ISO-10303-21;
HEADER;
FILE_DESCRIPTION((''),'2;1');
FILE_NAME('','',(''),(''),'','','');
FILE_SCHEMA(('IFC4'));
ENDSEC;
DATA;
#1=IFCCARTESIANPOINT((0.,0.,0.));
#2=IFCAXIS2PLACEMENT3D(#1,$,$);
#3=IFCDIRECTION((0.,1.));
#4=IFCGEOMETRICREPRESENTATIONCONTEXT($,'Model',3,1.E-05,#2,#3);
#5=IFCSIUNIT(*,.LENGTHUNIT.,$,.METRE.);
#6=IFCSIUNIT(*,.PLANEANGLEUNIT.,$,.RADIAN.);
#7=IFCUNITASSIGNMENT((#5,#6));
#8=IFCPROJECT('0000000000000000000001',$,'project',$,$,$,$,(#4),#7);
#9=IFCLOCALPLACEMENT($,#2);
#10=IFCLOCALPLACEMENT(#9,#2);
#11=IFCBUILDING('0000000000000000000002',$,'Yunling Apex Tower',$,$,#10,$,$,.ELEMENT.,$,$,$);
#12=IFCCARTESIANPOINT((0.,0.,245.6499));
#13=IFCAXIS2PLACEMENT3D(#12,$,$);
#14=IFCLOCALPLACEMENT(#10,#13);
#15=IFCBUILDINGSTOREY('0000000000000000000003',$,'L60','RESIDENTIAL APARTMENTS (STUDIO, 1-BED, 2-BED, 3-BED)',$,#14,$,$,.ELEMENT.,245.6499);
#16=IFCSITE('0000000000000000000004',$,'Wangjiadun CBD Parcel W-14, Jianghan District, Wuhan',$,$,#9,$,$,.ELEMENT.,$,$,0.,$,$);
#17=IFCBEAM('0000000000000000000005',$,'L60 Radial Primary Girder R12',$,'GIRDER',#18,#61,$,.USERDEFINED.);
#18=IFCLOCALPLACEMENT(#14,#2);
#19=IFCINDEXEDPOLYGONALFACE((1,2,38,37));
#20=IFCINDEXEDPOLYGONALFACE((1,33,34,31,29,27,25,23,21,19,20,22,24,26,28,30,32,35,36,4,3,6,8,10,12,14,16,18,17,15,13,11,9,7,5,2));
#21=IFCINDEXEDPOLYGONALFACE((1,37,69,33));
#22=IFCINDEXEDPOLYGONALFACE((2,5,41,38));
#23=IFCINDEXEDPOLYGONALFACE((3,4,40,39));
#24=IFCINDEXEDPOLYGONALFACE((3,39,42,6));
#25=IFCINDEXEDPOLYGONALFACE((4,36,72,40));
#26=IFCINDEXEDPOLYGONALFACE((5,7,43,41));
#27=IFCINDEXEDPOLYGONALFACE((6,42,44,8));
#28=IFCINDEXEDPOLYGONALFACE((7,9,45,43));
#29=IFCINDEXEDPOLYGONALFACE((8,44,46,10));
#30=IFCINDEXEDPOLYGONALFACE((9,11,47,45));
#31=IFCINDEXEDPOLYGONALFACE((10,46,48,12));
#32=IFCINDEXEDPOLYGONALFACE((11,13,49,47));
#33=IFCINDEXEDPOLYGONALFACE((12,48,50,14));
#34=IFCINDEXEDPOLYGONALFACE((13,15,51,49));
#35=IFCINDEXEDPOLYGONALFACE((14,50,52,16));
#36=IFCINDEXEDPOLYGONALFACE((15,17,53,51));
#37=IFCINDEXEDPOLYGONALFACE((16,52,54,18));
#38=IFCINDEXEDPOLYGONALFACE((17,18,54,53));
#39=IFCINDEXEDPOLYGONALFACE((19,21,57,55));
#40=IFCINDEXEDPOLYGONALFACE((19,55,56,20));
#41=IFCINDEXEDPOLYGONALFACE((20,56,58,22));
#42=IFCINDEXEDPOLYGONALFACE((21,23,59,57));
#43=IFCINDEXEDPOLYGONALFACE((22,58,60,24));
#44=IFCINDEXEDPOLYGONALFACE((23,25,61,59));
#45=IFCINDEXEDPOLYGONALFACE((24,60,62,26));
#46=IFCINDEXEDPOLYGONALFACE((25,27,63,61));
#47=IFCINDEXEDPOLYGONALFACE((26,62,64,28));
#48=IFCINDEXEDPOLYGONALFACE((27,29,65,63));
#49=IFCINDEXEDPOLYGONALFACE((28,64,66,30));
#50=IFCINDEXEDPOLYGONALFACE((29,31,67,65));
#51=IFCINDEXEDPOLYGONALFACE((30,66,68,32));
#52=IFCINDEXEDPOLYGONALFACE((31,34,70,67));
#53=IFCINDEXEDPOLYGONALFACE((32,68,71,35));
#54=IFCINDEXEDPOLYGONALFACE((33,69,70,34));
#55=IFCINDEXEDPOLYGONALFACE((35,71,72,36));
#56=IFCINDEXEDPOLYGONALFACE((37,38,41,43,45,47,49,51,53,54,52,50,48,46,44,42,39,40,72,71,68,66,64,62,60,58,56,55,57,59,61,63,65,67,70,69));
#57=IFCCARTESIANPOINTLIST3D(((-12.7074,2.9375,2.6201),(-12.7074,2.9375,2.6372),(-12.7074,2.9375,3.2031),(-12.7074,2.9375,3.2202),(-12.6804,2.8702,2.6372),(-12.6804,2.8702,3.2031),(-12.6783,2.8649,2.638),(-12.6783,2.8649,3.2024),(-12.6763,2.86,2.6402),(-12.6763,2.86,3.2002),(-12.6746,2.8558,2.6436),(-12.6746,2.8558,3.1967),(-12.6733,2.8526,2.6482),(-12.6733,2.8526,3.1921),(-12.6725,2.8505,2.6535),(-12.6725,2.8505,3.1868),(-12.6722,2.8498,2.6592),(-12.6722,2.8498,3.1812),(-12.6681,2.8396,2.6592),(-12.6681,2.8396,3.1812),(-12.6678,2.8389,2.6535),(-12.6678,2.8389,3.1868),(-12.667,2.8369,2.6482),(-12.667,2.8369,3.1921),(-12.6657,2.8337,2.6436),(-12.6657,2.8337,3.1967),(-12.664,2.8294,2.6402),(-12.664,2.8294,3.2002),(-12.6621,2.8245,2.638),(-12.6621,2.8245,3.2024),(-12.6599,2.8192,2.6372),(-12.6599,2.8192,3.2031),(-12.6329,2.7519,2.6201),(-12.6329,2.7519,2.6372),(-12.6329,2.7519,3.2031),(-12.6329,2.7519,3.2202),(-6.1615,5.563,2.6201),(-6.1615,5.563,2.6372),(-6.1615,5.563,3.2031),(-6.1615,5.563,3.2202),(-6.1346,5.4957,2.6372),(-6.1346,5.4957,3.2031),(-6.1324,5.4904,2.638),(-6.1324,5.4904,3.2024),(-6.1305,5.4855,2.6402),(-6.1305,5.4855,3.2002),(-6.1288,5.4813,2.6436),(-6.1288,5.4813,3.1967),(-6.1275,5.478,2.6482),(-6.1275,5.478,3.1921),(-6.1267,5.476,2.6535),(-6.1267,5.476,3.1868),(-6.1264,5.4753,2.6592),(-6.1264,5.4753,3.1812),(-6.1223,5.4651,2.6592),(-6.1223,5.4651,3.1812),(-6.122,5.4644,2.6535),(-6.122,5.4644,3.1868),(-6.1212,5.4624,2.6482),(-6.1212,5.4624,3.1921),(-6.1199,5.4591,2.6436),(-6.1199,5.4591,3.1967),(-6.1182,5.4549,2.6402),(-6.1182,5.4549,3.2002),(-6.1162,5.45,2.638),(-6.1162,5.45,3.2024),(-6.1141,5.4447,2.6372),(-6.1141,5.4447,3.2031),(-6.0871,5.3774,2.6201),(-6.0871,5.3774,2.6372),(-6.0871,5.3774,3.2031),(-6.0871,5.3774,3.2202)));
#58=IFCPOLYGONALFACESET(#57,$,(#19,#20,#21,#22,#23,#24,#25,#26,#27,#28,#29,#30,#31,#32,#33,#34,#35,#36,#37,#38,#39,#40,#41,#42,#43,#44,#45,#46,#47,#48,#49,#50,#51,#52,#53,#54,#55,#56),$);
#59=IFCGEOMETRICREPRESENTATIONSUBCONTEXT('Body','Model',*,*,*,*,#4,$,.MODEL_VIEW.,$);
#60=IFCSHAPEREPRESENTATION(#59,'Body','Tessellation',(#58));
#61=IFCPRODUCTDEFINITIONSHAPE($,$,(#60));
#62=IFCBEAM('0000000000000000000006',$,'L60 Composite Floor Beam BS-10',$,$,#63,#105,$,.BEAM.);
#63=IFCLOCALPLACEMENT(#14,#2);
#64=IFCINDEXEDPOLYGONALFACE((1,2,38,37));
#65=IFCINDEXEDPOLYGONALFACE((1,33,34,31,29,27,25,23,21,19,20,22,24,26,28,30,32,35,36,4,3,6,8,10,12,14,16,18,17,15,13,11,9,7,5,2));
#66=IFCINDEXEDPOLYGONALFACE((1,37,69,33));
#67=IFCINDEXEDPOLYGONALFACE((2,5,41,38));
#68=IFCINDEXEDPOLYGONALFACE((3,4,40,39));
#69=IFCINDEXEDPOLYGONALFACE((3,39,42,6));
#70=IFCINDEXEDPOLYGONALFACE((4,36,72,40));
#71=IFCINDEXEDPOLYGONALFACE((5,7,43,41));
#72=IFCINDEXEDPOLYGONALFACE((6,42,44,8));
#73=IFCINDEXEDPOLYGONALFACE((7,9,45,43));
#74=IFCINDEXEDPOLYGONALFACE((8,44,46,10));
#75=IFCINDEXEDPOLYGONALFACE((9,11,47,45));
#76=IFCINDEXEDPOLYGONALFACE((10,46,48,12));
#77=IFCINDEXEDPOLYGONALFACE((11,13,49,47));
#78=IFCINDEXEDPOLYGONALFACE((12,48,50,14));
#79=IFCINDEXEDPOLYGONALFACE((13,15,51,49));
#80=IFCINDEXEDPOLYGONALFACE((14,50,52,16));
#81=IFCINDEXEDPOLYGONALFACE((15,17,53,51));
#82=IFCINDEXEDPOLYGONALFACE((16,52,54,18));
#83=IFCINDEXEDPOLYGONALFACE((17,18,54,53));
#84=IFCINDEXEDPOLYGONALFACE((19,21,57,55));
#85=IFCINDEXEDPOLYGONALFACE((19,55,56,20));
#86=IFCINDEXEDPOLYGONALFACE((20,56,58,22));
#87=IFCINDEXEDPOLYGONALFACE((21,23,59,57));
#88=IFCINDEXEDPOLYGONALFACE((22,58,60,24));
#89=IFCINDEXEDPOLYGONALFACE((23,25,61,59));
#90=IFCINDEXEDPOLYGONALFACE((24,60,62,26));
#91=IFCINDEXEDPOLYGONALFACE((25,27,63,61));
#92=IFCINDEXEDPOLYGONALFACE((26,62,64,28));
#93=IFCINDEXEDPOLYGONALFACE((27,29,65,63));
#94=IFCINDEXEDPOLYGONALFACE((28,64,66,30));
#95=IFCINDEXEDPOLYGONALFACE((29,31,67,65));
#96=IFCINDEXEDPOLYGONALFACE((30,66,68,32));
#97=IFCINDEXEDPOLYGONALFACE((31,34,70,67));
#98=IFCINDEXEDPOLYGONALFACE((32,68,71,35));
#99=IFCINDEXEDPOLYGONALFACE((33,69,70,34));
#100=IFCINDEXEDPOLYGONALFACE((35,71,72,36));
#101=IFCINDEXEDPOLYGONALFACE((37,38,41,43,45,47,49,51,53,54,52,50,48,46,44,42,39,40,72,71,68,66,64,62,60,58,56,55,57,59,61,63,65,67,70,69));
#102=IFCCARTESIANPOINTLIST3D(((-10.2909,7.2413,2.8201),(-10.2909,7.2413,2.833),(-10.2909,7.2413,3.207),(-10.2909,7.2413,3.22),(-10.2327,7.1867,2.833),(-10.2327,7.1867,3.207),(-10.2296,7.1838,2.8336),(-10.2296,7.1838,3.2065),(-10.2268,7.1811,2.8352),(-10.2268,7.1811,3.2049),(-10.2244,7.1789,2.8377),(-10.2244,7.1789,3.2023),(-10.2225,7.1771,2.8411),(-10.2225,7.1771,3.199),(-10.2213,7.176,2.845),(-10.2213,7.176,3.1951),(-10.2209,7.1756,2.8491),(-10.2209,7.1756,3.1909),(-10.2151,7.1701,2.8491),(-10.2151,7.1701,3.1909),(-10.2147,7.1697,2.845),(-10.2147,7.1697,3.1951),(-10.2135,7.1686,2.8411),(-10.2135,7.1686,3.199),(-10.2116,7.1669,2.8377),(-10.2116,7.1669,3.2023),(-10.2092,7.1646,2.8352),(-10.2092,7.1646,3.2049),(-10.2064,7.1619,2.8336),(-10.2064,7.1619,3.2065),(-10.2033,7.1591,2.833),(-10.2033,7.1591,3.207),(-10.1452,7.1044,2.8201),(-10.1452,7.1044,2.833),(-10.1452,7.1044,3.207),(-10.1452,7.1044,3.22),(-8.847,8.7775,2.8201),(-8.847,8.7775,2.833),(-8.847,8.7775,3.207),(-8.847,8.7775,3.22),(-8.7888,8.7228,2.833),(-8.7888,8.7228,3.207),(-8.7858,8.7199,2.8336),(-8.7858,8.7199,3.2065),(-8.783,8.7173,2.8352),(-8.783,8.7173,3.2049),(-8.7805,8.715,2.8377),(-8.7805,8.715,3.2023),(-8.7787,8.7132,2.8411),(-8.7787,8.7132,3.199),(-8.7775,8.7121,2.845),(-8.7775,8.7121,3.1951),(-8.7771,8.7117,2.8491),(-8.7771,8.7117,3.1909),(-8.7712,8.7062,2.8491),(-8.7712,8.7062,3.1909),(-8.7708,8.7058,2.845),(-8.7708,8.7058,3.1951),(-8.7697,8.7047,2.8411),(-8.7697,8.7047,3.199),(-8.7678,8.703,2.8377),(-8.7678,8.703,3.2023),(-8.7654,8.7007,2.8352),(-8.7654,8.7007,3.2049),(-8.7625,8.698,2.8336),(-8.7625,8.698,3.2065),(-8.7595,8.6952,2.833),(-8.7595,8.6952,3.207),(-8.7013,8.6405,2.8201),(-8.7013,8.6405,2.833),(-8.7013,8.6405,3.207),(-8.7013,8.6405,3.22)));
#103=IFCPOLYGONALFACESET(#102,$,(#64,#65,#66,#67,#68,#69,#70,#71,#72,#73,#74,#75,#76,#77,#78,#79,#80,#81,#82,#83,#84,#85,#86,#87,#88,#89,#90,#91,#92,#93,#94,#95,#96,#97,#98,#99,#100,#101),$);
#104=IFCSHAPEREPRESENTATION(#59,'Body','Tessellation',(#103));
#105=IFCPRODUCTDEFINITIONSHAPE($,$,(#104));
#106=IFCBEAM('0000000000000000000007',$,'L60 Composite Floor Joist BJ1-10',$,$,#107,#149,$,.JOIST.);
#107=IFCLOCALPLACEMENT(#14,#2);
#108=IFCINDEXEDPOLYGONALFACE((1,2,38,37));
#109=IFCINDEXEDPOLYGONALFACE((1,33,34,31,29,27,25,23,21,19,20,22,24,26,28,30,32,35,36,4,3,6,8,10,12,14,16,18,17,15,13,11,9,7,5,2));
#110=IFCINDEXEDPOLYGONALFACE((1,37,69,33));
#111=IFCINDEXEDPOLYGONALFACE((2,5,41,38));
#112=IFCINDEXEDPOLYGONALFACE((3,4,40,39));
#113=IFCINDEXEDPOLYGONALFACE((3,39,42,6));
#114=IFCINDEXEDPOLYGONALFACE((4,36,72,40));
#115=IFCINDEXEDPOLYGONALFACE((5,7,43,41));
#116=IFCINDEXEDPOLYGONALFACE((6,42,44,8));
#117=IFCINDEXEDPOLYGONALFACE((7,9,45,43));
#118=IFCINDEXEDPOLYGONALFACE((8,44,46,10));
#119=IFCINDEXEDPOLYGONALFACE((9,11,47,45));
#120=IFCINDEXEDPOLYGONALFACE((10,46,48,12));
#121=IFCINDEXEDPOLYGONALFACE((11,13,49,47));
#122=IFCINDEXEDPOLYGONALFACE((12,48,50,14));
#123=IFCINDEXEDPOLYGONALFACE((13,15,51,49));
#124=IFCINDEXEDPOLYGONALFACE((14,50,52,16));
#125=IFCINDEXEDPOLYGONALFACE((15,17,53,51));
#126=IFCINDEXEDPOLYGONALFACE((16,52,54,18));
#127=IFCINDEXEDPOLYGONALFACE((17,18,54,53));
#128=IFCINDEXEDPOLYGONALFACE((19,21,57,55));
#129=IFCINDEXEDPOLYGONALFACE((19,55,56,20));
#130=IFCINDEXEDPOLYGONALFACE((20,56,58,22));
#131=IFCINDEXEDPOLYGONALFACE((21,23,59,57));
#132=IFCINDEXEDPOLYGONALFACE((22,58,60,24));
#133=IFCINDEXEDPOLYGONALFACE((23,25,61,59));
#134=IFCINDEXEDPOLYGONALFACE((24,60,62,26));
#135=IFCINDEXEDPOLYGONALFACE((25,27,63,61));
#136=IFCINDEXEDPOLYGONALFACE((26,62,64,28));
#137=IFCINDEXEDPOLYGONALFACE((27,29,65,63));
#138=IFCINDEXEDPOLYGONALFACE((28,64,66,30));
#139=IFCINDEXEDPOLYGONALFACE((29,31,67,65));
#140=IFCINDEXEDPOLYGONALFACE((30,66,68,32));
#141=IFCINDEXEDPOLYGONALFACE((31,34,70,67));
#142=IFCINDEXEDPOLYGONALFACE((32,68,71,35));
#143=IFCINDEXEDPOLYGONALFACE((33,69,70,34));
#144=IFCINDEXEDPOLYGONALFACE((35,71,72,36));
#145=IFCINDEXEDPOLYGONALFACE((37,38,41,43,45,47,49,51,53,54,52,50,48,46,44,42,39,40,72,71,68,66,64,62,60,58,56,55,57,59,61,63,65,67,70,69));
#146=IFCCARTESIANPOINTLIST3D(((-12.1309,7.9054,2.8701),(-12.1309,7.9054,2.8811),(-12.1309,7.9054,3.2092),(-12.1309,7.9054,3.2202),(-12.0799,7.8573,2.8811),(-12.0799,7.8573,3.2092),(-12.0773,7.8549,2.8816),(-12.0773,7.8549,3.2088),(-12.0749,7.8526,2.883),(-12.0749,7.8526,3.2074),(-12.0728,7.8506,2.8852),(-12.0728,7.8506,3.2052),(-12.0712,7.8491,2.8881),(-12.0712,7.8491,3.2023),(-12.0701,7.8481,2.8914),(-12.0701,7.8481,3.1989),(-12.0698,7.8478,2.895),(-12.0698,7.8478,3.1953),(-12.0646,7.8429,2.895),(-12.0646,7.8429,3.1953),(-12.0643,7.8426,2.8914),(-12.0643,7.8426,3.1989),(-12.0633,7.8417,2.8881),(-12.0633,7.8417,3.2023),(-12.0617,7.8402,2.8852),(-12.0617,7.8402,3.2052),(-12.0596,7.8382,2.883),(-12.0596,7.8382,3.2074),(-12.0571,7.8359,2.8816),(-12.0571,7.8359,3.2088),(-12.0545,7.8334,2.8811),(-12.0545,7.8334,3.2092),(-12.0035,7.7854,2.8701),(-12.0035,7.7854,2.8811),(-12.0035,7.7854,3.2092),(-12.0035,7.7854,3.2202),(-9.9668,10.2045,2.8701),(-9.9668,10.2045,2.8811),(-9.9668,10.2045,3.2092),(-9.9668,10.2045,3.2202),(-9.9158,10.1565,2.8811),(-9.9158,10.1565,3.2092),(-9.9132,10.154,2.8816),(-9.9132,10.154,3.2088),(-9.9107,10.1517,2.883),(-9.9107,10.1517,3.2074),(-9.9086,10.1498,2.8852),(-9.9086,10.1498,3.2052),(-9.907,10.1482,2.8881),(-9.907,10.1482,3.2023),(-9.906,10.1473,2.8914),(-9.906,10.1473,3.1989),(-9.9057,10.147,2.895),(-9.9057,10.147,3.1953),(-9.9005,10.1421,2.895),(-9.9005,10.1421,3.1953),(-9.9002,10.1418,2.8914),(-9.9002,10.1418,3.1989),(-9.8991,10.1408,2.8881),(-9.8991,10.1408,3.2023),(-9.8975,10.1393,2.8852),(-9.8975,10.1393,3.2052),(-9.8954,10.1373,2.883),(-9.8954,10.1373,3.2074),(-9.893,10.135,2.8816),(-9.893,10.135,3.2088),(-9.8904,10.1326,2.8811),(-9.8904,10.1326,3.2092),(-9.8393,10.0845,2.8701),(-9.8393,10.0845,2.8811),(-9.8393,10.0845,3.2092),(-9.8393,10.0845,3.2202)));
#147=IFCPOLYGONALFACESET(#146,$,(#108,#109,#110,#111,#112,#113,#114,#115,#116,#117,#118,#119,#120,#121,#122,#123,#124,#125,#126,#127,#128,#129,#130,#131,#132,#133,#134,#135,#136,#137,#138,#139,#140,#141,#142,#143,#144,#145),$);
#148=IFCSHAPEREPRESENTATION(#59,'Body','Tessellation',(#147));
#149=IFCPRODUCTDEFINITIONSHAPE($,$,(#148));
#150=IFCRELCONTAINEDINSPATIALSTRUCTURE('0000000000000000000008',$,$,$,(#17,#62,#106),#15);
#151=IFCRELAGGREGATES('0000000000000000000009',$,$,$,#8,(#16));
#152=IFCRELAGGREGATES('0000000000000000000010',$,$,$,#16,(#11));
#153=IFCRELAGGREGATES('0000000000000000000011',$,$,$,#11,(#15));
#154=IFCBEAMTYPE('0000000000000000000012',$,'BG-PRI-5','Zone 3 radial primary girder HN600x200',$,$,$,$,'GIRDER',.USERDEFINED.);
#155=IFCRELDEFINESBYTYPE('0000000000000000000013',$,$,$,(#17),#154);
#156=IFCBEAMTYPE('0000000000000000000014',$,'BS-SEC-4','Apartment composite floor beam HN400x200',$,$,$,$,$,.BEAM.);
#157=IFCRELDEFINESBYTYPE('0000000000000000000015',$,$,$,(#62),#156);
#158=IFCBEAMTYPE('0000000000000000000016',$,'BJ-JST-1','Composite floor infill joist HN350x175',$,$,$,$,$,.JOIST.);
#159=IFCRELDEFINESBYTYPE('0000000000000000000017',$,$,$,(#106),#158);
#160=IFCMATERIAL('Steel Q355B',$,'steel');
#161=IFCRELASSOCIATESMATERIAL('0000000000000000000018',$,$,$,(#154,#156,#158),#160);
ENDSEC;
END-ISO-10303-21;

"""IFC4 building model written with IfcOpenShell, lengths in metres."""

from ifc_helpers import new_model, si_unit, direction, frame, origin, origin_2d, place, context, subcontext, project, spatial, i_section, extrude, source, transform, mapped, material, material_profile, profile_set, type_object, element, save


model = new_model("IFC4")

# Units and contexts
model_context = context("Model", 3, precision=1e-05, world=origin(), true_north=direction((0.0, 1.0)))
body_context = subcontext(model_context, "Body", "Model", "MODEL_VIEW")
ifc_project = project(units=[si_unit("LENGTHUNIT", "METRE"), si_unit("PLANEANGLEUNIT", "RADIAN")], contexts=[model_context])

# Site, building, storey
site_placement = place(None, origin())
site = spatial("IfcSite", under=ifc_project, at=site_placement, Name="Wangjiadun CBD Parcel W-14, Jianghan District, Wuhan", CompositionType="ELEMENT", RefElevation=0.0)
building_placement = place(site_placement, origin())
building = spatial("IfcBuilding", under=site, at=building_placement, Name="Yunling Apex Tower", CompositionType="ELEMENT")
storey_placement = place(building_placement, frame((0.0, 0.0, 245.6499)))
storey = spatial("IfcBuildingStorey", under=building, at=storey_placement, Name="L60", Description="RESIDENTIAL APARTMENTS (STUDIO, 1-BED, 2-BED, 3-BED)", CompositionType="ELEMENT", Elevation=245.6499)

# Beams
ifc_material_1 = material(Name="Steel Q355B", Category="steel")
ifc_material_profile_1 = material_profile(ifc_material_1, i_section(OverallWidth=0.2, OverallDepth=0.6001, WebThickness=0.011, FlangeThickness=0.0171, FilletRadius=0.022, at=origin_2d()))
ifc_profile_set_1 = profile_set([ifc_material_profile_1], Name="Steel Q355B")
beam_type_1 = type_object("IfcBeamType", Name="BG-PRI-5", Description="Zone 3 radial primary girder HN600x200", ElementType="GIRDER", PredefinedType="USERDEFINED", material=ifc_profile_set_1)
shared_shape_1 = source(origin(), body_context, "Body", "SweptSolid", [
    extrude(i_section(OverallWidth=0.2, OverallDepth=0.6001, WebThickness=0.011, FlangeThickness=0.0171, FilletRadius=0.022, at=origin_2d()), origin(), (0.0, 0.0, 1.0), 7.0527),
])
beam_1_placement = place(storey_placement, frame((-12.6702, 2.8447, 2.9202), z_axis=(0.928128, 0.372262, 0.0), x_axis=(-0.372262, 0.928128, 0.0)))
element("IfcBeam", 1, at=beam_1_placement, inside=storey, type_object=beam_type_1, Name="L60 Radial Primary Girder R12", ObjectType="GIRDER", PredefinedType="USERDEFINED", context=body_context, shape_type="MappedRepresentation", body=[
    mapped(shared_shape_1, transform((0.0, 0.0, 0.0), scale=1.0)),
])
ifc_material_profile_2 = material_profile(ifc_material_1, i_section(OverallWidth=0.2, OverallDepth=0.3999, WebThickness=0.0081, FlangeThickness=0.0129, FilletRadius=0.0161, at=origin_2d()))
ifc_profile_set_2 = profile_set([ifc_material_profile_2], Name="Steel Q355B")
beam_type_2 = type_object("IfcBeamType", Name="BS-SEC-4", Description="Apartment composite floor beam HN400x200", PredefinedType="BEAM", material=ifc_profile_set_2)
shared_shape_2 = source(origin(), body_context, "Body", "SweptSolid", [
    extrude(i_section(OverallWidth=0.2, OverallDepth=0.3999, WebThickness=0.0081, FlangeThickness=0.0129, FilletRadius=0.0161, at=origin_2d()), origin(), (0.0, 0.0, 1.0), 2.1082),
])
beam_2_placement = place(storey_placement, frame((-8.7742, 8.709, 3.02), z_axis=(-0.68488, -0.728655, 0.0), x_axis=(0.728655, -0.68488, 0.0)))
element("IfcBeam", 2, at=beam_2_placement, inside=storey, type_object=beam_type_2, Name="L60 Composite Floor Beam BS-10", PredefinedType="BEAM", context=body_context, shape_type="MappedRepresentation", body=[
    mapped(shared_shape_2, transform((0.0, 0.0, 0.0), scale=1.0)),
])
ifc_material_profile_3 = material_profile(ifc_material_1, i_section(OverallWidth=0.175, OverallDepth=0.3501, WebThickness=0.0071, FlangeThickness=0.011, FilletRadius=0.0139, at=origin_2d()))
ifc_profile_set_3 = profile_set([ifc_material_profile_3], Name="Steel Q355B")
beam_type_3 = type_object("IfcBeamType", Name="BJ-JST-1", Description="Composite floor infill joist HN350x175", PredefinedType="JOIST", material=ifc_profile_set_3)
shared_shape_3 = source(origin(), body_context, "Body", "SweptSolid", [
    extrude(i_section(OverallWidth=0.175, OverallDepth=0.3501, WebThickness=0.0071, FlangeThickness=0.011, FilletRadius=0.0139, at=origin_2d()), origin(), (0.0, 0.0, 1.0), 3.1575),
])
beam_3_placement = place(storey_placement, frame((-9.9031, 10.1445, 3.0452), z_axis=(-0.685403, -0.728164, 0.0), x_axis=(0.728164, -0.685403, 0.0)))
element("IfcBeam", 3, at=beam_3_placement, inside=storey, type_object=beam_type_3, Name="L60 Composite Floor Joist BJ1-10", PredefinedType="JOIST", context=body_context, shape_type="MappedRepresentation", body=[
    mapped(shared_shape_3, transform((0.0, 0.0, 0.0), scale=1.0)),
])

save(model, "model.ifc")
